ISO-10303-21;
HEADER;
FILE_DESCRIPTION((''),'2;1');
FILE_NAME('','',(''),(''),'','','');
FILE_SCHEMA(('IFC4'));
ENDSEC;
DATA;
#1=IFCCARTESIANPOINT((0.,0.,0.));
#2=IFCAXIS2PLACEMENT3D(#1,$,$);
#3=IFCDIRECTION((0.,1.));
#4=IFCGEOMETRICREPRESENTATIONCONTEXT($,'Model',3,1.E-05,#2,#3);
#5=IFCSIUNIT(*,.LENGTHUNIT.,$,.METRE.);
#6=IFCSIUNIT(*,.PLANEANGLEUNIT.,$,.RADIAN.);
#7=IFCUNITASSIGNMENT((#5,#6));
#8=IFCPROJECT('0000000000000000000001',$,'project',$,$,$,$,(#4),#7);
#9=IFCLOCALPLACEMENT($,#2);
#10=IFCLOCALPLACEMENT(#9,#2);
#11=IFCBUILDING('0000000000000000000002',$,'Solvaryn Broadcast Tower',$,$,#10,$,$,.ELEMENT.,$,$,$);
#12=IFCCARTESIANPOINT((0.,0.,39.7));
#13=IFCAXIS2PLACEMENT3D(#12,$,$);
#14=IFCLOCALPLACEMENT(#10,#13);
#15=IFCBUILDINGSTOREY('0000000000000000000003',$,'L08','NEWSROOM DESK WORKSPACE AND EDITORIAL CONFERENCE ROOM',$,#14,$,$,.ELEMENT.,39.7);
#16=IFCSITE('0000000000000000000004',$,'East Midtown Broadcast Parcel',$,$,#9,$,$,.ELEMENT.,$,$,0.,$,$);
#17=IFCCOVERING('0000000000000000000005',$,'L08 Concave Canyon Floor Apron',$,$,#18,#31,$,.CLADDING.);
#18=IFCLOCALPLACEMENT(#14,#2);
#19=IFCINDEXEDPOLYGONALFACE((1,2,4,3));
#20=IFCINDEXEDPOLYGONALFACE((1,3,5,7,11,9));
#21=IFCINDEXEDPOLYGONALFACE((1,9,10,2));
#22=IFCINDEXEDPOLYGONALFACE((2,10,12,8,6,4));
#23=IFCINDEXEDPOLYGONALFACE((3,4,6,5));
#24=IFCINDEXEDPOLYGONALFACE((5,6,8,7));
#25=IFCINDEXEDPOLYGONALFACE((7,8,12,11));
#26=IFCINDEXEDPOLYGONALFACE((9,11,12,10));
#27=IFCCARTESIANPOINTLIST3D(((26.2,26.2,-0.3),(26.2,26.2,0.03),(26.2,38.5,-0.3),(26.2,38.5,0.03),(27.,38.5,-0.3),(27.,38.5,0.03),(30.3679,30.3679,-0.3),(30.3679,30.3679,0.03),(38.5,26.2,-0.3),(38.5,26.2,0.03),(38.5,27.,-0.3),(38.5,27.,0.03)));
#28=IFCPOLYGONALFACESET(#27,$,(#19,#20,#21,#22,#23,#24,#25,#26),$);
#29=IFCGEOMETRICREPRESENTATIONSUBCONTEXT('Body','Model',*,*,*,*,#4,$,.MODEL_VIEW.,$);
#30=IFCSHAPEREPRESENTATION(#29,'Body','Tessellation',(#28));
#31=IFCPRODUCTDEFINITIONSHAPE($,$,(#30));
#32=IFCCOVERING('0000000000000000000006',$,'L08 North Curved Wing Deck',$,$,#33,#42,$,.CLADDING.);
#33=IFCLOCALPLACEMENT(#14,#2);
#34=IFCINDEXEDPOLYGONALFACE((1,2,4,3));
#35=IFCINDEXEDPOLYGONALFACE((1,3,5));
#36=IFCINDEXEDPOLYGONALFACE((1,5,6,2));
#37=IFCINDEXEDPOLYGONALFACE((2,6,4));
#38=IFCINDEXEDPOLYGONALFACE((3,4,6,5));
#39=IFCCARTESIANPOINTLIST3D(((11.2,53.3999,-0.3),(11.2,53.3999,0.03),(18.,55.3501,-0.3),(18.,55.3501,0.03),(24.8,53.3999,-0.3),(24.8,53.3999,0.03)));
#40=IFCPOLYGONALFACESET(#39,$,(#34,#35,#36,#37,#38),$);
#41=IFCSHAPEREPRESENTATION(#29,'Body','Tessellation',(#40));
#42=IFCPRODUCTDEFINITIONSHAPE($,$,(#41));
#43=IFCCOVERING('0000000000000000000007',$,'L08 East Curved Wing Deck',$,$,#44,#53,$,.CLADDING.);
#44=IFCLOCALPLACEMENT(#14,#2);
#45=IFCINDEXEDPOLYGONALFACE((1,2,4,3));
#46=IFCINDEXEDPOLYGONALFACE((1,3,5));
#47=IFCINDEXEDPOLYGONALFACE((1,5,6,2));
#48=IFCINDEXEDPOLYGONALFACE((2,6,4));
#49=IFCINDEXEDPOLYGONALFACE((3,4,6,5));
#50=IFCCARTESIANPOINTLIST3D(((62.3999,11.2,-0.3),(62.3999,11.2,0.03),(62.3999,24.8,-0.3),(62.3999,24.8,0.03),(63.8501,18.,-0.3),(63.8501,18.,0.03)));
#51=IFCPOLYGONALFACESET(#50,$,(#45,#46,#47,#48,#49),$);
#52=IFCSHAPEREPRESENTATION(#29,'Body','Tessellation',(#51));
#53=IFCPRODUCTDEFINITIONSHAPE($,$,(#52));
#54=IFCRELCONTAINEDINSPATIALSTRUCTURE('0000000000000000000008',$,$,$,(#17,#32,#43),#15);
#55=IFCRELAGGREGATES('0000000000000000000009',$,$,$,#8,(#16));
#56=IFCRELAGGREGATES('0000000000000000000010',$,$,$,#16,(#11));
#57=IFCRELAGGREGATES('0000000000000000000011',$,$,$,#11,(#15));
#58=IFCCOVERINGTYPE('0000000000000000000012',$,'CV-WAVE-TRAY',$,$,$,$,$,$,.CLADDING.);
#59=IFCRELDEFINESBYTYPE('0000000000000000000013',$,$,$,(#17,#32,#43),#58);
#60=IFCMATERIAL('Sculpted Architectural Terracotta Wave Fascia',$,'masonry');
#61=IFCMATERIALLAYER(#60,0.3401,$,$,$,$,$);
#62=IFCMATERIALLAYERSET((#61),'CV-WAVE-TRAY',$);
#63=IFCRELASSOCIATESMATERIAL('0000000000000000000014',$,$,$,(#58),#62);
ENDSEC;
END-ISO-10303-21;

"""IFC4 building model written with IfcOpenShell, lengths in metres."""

from ifc_helpers import new_model, si_unit, direction, frame, origin, place, context, subcontext, project, spatial, polyline, outline, extrude, material, layer, layer_set, type_object, element, save


model = new_model("IFC4")

# Units and contexts
model_context = context("Model", 3, precision=1e-05, world=origin(), true_north=direction((0.0, 1.0)))
body_context = subcontext(model_context, "Body", "Model", "MODEL_VIEW")
ifc_project = project(units=[si_unit("LENGTHUNIT", "METRE"), si_unit("PLANEANGLEUNIT", "RADIAN")], contexts=[model_context])

# Site, building, storey
site_placement = place(None, origin())
site = spatial("IfcSite", under=ifc_project, at=site_placement, Name="East Midtown Broadcast Parcel", CompositionType="ELEMENT", RefElevation=0.0)
building_placement = place(site_placement, origin())
building = spatial("IfcBuilding", under=site, at=building_placement, Name="Solvaryn Broadcast Tower", CompositionType="ELEMENT")
storey_placement = place(building_placement, frame((0.0, 0.0, 39.7)))
storey = spatial("IfcBuildingStorey", under=building, at=storey_placement, Name="L08", Description="NEWSROOM DESK WORKSPACE AND EDITORIAL CONFERENCE ROOM", CompositionType="ELEMENT", Elevation=39.7)

# Coverings
ifc_material_1 = material(Name="Sculpted Architectural Terracotta Wave Fascia", Category="masonry")
ifc_layer_1 = layer(ifc_material_1, 0.3401)
ifc_layer_set_1 = layer_set([ifc_layer_1], Name="CV-WAVE-TRAY")
covering_type_1 = type_object("IfcCoveringType", Name="CV-WAVE-TRAY", PredefinedType="CLADDING", material=ifc_layer_set_1)
covering_1_placement = place(storey_placement, frame((0.0, 0.0, -0.3)))
element("IfcCovering", 1, at=covering_1_placement, inside=storey, type_object=covering_type_1, Name="L08 Concave Canyon Floor Apron", PredefinedType="CLADDING", context=body_context, shape_type="SweptSolid", body=[
    extrude(outline(polyline([(26.2, 26.2), (38.5, 26.2), (38.5, 27.0), (30.3679, 30.3679), (27.0, 38.5), (26.2, 38.5), (26.2, 26.2)])), origin(), (0.0, 0.0, 1.0), 0.3301),
])
covering_2_placement = place(storey_placement, frame((0.0, 0.0, -0.3)))
element("IfcCovering", 2, at=covering_2_placement, inside=storey, type_object=covering_type_1, Name="L08 North Curved Wing Deck", PredefinedType="CLADDING", context=body_context, shape_type="SweptSolid", body=[
    extrude(outline(polyline([(11.2, 53.3999), (24.8, 53.3999), (18.0, 55.3501), (11.2, 53.3999)])), origin(), (0.0, 0.0, 1.0), 0.3301),
])
covering_3_placement = place(storey_placement, frame((0.0, 0.0, -0.3)))
element("IfcCovering", 3, at=covering_3_placement, inside=storey, type_object=covering_type_1, Name="L08 East Curved Wing Deck", PredefinedType="CLADDING", context=body_context, shape_type="SweptSolid", body=[
    extrude(outline(polyline([(62.3999, 11.2), (63.8501, 18.0), (62.3999, 24.8), (62.3999, 11.2)])), origin(), (0.0, 0.0, 1.0), 0.3301),
])

save(model, "model.ifc")
